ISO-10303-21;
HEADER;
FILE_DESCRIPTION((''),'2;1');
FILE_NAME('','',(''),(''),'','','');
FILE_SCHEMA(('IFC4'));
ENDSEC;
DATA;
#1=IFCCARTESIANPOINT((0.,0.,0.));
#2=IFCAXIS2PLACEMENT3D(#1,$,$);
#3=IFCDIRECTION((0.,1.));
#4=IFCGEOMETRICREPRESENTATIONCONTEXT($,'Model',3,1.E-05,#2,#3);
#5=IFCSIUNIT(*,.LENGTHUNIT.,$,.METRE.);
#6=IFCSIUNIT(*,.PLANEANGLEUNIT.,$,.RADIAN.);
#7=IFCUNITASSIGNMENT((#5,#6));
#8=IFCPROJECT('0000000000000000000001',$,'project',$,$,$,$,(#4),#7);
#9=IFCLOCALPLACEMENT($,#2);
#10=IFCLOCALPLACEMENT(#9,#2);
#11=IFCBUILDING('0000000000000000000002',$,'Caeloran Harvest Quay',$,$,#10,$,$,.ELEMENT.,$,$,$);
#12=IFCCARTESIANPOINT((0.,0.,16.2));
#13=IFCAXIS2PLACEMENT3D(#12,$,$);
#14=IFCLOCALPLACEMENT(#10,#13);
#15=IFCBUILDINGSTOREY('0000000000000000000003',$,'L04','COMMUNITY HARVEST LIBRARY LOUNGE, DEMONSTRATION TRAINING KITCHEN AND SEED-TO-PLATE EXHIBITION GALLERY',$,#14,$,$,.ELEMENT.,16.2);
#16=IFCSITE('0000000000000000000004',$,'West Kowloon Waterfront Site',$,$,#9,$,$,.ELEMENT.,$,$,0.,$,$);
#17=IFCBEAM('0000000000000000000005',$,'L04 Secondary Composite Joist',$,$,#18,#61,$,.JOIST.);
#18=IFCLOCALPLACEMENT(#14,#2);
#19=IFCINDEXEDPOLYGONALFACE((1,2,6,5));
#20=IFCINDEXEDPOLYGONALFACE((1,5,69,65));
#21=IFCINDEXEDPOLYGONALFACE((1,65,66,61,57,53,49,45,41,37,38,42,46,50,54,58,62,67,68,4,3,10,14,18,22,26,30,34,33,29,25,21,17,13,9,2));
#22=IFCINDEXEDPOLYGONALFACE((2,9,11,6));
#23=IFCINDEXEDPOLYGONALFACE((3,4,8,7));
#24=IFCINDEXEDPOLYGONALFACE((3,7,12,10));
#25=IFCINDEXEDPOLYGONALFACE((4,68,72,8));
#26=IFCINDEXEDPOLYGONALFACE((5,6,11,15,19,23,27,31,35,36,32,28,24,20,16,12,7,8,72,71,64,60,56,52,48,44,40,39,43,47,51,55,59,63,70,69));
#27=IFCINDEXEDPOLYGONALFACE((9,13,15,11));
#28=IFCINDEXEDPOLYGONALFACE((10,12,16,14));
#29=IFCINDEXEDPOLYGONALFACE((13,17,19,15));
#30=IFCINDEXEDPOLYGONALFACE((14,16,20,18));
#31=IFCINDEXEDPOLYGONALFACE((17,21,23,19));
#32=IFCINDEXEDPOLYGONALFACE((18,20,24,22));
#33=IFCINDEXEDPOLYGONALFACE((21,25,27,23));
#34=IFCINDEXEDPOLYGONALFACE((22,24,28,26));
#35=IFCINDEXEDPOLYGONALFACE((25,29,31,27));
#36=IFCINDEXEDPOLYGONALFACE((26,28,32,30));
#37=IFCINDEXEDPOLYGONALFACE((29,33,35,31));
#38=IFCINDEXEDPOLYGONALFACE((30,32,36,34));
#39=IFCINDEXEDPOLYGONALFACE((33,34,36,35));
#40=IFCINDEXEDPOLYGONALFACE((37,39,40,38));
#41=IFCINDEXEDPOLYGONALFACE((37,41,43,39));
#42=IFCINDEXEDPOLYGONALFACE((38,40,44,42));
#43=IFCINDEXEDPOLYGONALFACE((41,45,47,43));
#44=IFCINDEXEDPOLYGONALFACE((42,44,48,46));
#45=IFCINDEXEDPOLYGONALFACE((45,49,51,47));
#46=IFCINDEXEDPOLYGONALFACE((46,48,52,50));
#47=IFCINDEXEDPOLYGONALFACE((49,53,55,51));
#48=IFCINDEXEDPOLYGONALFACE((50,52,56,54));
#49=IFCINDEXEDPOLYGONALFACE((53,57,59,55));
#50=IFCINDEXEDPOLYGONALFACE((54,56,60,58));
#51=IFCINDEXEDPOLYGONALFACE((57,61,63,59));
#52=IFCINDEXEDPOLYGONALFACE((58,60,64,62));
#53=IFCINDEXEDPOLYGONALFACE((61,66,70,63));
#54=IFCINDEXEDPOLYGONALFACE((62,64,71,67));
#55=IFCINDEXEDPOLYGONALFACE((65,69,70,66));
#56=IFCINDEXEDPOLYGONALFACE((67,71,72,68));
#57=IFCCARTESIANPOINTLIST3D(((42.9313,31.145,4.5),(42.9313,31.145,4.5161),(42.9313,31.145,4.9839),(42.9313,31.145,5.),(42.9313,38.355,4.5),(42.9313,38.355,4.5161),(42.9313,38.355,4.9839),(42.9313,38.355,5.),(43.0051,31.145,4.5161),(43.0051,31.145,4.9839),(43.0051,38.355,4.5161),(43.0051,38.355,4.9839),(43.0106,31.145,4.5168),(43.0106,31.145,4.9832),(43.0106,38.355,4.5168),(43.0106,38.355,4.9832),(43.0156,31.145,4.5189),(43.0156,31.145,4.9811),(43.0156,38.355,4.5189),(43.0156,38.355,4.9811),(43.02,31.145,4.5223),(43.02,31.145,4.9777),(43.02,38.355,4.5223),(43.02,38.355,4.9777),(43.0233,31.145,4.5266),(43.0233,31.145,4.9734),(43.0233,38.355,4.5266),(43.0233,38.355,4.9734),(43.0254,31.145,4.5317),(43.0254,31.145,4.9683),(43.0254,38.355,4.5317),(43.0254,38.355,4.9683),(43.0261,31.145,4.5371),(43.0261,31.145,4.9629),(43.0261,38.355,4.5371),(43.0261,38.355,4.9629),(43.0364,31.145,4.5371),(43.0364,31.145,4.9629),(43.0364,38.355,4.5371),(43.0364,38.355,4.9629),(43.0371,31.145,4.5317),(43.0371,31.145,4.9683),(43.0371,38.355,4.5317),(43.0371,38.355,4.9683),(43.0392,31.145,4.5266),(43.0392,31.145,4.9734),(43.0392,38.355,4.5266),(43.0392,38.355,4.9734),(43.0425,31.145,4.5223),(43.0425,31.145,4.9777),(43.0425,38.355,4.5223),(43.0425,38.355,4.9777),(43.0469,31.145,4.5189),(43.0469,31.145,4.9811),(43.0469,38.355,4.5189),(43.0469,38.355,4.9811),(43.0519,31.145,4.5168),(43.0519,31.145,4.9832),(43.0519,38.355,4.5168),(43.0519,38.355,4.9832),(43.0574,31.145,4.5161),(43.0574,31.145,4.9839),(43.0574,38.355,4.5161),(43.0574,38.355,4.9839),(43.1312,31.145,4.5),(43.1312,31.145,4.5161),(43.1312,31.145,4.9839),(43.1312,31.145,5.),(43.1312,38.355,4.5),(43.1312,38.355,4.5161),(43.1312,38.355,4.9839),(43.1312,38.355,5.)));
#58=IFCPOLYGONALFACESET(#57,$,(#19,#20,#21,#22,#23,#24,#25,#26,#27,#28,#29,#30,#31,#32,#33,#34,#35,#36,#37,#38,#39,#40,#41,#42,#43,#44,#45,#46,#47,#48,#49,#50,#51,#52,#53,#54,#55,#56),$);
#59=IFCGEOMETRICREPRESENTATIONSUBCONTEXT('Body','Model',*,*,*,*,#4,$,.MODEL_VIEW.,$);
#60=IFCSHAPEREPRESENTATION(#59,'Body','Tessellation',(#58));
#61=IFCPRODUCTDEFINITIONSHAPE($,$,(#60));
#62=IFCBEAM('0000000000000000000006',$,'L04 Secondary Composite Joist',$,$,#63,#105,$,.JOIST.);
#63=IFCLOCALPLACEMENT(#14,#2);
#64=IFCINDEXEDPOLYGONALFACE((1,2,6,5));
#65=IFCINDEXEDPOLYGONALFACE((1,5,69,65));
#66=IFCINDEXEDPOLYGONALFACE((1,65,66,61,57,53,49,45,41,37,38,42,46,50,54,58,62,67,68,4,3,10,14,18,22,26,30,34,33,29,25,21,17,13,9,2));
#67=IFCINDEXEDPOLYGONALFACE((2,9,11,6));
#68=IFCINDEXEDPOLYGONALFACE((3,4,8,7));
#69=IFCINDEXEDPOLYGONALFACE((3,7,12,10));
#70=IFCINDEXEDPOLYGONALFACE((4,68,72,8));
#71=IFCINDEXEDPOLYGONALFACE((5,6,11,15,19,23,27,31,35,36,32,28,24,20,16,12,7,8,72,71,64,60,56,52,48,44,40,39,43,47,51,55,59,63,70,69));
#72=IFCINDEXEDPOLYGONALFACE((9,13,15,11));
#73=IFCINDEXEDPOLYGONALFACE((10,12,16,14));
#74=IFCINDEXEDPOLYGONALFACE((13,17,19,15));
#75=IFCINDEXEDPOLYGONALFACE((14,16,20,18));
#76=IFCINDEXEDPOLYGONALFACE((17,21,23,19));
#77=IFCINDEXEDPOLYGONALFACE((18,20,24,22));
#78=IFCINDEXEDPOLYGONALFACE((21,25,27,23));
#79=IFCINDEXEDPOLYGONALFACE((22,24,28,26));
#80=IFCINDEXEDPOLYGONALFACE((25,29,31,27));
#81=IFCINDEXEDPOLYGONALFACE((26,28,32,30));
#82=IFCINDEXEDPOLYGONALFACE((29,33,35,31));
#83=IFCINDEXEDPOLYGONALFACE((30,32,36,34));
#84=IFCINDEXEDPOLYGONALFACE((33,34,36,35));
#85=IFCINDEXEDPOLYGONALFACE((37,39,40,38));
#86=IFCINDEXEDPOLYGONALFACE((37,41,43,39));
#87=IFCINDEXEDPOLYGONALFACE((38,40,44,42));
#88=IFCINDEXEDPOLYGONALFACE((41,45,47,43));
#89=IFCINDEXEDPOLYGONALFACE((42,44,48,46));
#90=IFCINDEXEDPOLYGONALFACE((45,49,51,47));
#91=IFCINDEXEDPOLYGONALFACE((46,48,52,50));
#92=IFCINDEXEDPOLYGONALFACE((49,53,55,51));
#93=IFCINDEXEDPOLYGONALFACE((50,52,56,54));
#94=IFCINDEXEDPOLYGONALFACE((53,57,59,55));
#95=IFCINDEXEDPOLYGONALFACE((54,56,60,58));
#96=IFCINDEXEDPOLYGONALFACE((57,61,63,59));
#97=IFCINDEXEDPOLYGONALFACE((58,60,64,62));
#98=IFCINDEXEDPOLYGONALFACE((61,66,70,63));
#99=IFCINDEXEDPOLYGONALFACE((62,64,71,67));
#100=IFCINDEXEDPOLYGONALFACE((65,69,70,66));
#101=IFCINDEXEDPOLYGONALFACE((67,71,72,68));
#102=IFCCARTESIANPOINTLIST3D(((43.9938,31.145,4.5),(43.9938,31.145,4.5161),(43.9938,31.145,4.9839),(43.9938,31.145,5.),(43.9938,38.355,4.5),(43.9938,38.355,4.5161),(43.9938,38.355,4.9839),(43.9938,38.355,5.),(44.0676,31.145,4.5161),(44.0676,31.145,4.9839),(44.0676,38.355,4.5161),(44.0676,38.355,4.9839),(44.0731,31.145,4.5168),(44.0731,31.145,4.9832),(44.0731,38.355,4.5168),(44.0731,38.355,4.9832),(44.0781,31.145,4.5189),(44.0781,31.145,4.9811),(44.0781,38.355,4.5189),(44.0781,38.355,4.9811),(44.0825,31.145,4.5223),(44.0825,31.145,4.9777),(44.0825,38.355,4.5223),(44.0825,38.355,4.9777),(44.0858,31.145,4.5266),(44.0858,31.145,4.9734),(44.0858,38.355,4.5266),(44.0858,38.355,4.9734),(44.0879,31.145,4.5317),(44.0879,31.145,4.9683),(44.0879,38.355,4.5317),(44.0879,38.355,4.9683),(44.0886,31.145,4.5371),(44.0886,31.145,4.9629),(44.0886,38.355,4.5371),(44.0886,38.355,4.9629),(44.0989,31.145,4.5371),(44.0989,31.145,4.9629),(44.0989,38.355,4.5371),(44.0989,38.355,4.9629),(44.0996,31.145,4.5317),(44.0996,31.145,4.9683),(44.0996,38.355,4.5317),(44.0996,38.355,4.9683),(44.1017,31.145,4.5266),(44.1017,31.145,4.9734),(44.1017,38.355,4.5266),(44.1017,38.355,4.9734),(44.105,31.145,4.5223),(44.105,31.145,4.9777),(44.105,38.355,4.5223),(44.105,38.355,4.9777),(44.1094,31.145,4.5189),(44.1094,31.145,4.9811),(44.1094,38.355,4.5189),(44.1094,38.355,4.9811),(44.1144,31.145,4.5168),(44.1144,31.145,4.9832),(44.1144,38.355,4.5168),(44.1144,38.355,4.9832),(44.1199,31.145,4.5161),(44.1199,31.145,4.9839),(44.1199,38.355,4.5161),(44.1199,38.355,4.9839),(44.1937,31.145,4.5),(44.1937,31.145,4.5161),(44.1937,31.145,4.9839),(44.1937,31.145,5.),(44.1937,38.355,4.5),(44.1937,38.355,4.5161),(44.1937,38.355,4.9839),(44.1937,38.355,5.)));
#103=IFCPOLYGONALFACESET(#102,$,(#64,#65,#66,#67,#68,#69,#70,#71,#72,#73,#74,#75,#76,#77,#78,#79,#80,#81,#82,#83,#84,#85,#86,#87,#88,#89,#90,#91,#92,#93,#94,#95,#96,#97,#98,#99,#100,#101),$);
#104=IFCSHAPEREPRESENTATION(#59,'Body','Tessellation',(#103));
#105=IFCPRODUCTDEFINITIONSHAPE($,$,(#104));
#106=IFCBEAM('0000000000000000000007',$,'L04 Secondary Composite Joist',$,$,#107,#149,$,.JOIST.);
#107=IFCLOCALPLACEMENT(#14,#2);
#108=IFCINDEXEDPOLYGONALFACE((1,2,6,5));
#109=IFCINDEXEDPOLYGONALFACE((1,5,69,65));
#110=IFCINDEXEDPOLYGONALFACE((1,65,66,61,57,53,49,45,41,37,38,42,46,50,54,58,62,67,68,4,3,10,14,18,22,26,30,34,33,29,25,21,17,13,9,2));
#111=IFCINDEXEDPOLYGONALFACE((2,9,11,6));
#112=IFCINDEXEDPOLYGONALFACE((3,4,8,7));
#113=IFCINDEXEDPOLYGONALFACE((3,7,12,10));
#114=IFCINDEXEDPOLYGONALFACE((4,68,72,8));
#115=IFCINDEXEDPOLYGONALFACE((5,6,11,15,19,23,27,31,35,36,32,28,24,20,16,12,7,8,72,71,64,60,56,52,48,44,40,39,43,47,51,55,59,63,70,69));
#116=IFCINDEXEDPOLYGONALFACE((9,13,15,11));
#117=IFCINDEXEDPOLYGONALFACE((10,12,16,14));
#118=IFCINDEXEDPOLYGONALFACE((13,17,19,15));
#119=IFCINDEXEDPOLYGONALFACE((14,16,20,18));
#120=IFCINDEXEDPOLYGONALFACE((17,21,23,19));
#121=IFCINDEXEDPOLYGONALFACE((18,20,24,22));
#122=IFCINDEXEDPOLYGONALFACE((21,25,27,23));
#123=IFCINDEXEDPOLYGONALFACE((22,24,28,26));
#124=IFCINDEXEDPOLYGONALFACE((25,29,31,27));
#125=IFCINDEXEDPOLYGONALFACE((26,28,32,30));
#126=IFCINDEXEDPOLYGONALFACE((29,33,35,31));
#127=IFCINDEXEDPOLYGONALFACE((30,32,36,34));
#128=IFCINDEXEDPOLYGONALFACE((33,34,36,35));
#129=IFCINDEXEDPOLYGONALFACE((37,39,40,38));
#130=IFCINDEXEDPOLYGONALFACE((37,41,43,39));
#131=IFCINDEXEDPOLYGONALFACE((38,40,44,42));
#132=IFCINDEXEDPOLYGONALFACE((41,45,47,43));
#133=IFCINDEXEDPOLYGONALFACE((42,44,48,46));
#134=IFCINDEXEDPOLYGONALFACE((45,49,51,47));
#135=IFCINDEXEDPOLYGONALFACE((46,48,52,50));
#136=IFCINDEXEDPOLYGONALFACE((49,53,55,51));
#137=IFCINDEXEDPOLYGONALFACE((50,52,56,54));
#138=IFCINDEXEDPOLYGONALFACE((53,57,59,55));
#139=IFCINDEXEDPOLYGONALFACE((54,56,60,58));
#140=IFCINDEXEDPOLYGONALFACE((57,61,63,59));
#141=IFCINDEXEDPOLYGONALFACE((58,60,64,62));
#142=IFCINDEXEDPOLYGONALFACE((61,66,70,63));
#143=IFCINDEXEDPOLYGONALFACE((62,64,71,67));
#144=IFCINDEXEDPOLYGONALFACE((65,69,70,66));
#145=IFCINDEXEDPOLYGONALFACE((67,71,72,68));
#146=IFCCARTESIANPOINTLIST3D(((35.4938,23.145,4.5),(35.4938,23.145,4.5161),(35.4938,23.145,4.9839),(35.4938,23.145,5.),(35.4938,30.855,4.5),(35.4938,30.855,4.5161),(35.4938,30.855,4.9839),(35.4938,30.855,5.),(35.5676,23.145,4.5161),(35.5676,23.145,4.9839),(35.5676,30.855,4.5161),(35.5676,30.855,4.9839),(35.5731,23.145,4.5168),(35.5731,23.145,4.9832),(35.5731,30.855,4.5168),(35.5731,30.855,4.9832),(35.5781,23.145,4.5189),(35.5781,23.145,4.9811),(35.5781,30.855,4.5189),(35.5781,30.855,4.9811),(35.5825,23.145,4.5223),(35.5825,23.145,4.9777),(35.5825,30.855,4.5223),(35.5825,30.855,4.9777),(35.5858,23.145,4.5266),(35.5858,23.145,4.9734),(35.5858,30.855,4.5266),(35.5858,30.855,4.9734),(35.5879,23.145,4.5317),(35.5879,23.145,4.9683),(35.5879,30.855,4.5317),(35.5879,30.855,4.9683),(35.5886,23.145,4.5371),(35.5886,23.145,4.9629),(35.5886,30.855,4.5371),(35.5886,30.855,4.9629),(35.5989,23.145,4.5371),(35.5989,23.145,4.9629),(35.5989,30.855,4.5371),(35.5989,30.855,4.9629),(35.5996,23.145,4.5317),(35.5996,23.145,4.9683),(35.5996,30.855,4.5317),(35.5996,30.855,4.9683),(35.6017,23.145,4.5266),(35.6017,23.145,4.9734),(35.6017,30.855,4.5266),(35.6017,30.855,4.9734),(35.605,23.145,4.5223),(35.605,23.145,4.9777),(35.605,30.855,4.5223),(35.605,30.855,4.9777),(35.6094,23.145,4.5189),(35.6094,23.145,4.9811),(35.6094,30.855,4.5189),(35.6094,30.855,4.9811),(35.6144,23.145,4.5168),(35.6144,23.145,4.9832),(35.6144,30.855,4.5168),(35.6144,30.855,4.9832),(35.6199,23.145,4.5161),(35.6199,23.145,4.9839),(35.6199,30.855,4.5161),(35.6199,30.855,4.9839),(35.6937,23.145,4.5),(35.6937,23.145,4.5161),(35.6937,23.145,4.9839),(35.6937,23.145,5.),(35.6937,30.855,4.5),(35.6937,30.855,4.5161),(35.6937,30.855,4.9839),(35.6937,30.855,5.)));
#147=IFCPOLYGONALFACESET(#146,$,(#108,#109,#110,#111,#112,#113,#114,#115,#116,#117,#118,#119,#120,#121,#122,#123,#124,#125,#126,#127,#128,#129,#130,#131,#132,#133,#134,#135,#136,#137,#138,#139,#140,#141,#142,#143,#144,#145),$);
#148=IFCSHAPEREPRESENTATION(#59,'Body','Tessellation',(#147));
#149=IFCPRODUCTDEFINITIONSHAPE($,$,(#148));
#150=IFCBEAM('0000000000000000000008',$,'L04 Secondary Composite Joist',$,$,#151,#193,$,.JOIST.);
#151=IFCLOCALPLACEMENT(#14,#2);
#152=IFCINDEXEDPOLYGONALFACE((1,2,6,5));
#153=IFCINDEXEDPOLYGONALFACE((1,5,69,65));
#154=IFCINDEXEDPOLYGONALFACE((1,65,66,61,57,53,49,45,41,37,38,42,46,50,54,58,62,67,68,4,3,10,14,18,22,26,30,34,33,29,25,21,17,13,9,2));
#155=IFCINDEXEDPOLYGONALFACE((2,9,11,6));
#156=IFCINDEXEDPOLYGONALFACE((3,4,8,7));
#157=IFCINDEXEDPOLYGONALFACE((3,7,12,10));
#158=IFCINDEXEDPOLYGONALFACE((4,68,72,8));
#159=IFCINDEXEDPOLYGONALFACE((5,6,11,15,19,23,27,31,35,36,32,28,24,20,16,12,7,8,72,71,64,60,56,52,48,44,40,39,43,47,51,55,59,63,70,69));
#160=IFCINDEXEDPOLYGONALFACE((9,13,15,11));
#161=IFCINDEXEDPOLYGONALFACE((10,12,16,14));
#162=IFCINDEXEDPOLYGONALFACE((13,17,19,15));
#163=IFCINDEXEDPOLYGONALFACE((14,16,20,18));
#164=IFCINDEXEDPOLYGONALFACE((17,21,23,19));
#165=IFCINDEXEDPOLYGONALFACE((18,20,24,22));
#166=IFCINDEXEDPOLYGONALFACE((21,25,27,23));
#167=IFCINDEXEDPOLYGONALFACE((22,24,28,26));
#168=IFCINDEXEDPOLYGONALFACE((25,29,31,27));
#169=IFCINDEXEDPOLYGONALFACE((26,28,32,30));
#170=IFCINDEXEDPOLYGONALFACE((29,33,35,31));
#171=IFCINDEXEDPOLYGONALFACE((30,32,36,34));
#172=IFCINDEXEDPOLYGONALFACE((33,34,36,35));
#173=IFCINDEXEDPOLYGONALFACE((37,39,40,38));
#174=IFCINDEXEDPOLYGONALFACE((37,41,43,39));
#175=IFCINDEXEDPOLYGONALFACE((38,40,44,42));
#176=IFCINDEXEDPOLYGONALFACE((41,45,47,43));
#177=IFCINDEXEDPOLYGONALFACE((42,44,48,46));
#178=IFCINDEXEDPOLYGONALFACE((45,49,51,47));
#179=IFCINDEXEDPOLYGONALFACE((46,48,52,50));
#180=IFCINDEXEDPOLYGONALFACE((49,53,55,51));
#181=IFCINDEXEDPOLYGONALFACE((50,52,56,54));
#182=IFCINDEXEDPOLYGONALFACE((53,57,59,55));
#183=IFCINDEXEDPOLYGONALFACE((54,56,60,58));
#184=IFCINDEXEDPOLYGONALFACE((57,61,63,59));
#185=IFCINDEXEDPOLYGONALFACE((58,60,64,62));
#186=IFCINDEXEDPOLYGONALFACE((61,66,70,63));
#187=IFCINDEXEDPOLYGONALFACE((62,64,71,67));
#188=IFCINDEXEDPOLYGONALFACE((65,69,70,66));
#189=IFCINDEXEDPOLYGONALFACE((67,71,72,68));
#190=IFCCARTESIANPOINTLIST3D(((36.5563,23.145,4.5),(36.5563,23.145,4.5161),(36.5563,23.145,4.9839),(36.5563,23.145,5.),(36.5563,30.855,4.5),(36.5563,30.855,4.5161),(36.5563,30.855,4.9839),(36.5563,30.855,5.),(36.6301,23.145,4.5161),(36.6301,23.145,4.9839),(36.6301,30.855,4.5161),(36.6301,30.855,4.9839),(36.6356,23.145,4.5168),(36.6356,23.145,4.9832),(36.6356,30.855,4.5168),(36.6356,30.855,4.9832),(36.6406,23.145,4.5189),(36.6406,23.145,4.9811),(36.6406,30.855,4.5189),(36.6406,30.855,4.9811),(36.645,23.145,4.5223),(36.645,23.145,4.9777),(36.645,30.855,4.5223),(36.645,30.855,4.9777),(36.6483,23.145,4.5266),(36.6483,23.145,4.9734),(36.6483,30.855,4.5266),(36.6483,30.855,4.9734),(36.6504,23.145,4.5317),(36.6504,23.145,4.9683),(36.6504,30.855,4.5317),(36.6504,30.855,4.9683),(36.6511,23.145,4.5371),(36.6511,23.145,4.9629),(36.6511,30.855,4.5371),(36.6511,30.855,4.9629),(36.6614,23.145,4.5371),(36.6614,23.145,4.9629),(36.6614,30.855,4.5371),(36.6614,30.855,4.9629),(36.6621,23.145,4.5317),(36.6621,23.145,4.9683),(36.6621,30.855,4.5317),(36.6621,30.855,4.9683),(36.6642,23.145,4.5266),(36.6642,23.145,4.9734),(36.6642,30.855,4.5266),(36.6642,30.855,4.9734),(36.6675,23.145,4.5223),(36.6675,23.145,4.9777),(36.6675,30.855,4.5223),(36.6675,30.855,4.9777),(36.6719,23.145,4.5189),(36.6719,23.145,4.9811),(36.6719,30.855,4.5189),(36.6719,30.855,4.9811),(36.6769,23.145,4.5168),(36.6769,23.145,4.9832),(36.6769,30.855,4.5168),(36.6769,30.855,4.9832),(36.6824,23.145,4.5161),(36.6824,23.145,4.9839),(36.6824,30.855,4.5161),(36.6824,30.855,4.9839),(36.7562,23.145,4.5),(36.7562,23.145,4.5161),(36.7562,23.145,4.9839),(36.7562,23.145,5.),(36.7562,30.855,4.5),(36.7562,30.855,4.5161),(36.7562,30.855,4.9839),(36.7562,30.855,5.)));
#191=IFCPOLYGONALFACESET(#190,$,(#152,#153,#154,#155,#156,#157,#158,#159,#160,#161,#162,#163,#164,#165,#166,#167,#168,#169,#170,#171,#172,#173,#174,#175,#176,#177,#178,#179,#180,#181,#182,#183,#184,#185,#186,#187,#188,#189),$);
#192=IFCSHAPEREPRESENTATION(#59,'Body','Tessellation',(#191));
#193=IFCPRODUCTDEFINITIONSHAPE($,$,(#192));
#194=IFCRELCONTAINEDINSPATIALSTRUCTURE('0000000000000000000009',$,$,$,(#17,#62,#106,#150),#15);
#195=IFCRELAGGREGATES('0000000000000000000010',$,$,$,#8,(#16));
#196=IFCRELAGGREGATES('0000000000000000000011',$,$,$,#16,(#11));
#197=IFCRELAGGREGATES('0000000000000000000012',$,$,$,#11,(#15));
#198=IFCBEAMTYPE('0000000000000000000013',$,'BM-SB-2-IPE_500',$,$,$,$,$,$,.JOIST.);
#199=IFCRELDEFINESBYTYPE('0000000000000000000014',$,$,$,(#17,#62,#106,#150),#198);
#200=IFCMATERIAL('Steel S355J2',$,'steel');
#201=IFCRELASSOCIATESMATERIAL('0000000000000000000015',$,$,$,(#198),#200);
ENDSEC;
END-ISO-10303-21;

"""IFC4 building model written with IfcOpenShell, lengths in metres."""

from ifc_helpers import new_model, si_unit, direction, frame, origin, origin_2d, place, context, subcontext, project, spatial, i_section, extrude, material, material_profile, profile_set, type_object, element, save


model = new_model("IFC4")

# Units and contexts
model_context = context("Model", 3, precision=1e-05, world=origin(), true_north=direction((0.0, 1.0)))
body_context = subcontext(model_context, "Body", "Model", "MODEL_VIEW")
ifc_project = project(units=[si_unit("LENGTHUNIT", "METRE"), si_unit("PLANEANGLEUNIT", "RADIAN")], contexts=[model_context])

# Site, building, storey
site_placement = place(None, origin())
site = spatial("IfcSite", under=ifc_project, at=site_placement, Name="West Kowloon Waterfront Site", CompositionType="ELEMENT", RefElevation=0.0)
building_placement = place(site_placement, origin())
building = spatial("IfcBuilding", under=site, at=building_placement, Name="Caeloran Harvest Quay", CompositionType="ELEMENT")
storey_placement = place(building_placement, frame((0.0, 0.0, 16.2)))
storey = spatial("IfcBuildingStorey", under=building, at=storey_placement, Name="L04", Description="COMMUNITY HARVEST LIBRARY LOUNGE, DEMONSTRATION TRAINING KITCHEN AND SEED-TO-PLATE EXHIBITION GALLERY", CompositionType="ELEMENT", Elevation=16.2)

# Beams
ifc_material_1 = material(Name="Steel S355J2", Category="steel")
ifc_material_profile_1 = material_profile(ifc_material_1, i_section(OverallWidth=0.2, OverallDepth=0.5, WebThickness=0.0103, FlangeThickness=0.0161, FilletRadius=0.021, at=origin_2d()), Name="IPE 500")
ifc_profile_set_1 = profile_set([ifc_material_profile_1], Name="Steel S355J2")
beam_type_1 = type_object("IfcBeamType", Name="BM-SB-2-IPE_500", PredefinedType="JOIST", material=ifc_profile_set_1)
for number, where, z_axis, x_axis, name in (
    (1, (43.0312, 31.145, 4.75), (0.0, 1.0, 0.0), (-1.0, 0.0, 0.0), "L04 Secondary Composite Joist"),
    (2, (44.0938, 31.145, 4.75), (0.0, 1.0, 0.0), (-1.0, 0.0, 0.0), "L04 Secondary Composite Joist"),
):
    element("IfcBeam", number, at=place(storey_placement, frame(where, z_axis=z_axis, x_axis=x_axis)), inside=storey, type_object=beam_type_1, Name=name, PredefinedType="JOIST", context=body_context, shape_type="SweptSolid", body=[
        extrude(i_section(OverallWidth=0.2, OverallDepth=0.5, WebThickness=0.0103, FlangeThickness=0.0161, FilletRadius=0.021, at=origin_2d()), origin(), (0.0, 0.0, 1.0), 7.21),
    ])
for number, where, z_axis, x_axis, name in (
    (3, (35.5938, 23.145, 4.75), (0.0, 1.0, 0.0), (-1.0, 0.0, 0.0), "L04 Secondary Composite Joist"),
    (4, (36.6562, 23.145, 4.75), (0.0, 1.0, 0.0), (-1.0, 0.0, 0.0), "L04 Secondary Composite Joist"),
):
    element("IfcBeam", number, at=place(storey_placement, frame(where, z_axis=z_axis, x_axis=x_axis)), inside=storey, type_object=beam_type_1, Name=name, PredefinedType="JOIST", context=body_context, shape_type="SweptSolid", body=[
        extrude(i_section(OverallWidth=0.2, OverallDepth=0.5, WebThickness=0.0103, FlangeThickness=0.0161, FilletRadius=0.021, at=origin_2d()), origin(), (0.0, 0.0, 1.0), 7.71),
    ])

save(model, "model.ifc")
